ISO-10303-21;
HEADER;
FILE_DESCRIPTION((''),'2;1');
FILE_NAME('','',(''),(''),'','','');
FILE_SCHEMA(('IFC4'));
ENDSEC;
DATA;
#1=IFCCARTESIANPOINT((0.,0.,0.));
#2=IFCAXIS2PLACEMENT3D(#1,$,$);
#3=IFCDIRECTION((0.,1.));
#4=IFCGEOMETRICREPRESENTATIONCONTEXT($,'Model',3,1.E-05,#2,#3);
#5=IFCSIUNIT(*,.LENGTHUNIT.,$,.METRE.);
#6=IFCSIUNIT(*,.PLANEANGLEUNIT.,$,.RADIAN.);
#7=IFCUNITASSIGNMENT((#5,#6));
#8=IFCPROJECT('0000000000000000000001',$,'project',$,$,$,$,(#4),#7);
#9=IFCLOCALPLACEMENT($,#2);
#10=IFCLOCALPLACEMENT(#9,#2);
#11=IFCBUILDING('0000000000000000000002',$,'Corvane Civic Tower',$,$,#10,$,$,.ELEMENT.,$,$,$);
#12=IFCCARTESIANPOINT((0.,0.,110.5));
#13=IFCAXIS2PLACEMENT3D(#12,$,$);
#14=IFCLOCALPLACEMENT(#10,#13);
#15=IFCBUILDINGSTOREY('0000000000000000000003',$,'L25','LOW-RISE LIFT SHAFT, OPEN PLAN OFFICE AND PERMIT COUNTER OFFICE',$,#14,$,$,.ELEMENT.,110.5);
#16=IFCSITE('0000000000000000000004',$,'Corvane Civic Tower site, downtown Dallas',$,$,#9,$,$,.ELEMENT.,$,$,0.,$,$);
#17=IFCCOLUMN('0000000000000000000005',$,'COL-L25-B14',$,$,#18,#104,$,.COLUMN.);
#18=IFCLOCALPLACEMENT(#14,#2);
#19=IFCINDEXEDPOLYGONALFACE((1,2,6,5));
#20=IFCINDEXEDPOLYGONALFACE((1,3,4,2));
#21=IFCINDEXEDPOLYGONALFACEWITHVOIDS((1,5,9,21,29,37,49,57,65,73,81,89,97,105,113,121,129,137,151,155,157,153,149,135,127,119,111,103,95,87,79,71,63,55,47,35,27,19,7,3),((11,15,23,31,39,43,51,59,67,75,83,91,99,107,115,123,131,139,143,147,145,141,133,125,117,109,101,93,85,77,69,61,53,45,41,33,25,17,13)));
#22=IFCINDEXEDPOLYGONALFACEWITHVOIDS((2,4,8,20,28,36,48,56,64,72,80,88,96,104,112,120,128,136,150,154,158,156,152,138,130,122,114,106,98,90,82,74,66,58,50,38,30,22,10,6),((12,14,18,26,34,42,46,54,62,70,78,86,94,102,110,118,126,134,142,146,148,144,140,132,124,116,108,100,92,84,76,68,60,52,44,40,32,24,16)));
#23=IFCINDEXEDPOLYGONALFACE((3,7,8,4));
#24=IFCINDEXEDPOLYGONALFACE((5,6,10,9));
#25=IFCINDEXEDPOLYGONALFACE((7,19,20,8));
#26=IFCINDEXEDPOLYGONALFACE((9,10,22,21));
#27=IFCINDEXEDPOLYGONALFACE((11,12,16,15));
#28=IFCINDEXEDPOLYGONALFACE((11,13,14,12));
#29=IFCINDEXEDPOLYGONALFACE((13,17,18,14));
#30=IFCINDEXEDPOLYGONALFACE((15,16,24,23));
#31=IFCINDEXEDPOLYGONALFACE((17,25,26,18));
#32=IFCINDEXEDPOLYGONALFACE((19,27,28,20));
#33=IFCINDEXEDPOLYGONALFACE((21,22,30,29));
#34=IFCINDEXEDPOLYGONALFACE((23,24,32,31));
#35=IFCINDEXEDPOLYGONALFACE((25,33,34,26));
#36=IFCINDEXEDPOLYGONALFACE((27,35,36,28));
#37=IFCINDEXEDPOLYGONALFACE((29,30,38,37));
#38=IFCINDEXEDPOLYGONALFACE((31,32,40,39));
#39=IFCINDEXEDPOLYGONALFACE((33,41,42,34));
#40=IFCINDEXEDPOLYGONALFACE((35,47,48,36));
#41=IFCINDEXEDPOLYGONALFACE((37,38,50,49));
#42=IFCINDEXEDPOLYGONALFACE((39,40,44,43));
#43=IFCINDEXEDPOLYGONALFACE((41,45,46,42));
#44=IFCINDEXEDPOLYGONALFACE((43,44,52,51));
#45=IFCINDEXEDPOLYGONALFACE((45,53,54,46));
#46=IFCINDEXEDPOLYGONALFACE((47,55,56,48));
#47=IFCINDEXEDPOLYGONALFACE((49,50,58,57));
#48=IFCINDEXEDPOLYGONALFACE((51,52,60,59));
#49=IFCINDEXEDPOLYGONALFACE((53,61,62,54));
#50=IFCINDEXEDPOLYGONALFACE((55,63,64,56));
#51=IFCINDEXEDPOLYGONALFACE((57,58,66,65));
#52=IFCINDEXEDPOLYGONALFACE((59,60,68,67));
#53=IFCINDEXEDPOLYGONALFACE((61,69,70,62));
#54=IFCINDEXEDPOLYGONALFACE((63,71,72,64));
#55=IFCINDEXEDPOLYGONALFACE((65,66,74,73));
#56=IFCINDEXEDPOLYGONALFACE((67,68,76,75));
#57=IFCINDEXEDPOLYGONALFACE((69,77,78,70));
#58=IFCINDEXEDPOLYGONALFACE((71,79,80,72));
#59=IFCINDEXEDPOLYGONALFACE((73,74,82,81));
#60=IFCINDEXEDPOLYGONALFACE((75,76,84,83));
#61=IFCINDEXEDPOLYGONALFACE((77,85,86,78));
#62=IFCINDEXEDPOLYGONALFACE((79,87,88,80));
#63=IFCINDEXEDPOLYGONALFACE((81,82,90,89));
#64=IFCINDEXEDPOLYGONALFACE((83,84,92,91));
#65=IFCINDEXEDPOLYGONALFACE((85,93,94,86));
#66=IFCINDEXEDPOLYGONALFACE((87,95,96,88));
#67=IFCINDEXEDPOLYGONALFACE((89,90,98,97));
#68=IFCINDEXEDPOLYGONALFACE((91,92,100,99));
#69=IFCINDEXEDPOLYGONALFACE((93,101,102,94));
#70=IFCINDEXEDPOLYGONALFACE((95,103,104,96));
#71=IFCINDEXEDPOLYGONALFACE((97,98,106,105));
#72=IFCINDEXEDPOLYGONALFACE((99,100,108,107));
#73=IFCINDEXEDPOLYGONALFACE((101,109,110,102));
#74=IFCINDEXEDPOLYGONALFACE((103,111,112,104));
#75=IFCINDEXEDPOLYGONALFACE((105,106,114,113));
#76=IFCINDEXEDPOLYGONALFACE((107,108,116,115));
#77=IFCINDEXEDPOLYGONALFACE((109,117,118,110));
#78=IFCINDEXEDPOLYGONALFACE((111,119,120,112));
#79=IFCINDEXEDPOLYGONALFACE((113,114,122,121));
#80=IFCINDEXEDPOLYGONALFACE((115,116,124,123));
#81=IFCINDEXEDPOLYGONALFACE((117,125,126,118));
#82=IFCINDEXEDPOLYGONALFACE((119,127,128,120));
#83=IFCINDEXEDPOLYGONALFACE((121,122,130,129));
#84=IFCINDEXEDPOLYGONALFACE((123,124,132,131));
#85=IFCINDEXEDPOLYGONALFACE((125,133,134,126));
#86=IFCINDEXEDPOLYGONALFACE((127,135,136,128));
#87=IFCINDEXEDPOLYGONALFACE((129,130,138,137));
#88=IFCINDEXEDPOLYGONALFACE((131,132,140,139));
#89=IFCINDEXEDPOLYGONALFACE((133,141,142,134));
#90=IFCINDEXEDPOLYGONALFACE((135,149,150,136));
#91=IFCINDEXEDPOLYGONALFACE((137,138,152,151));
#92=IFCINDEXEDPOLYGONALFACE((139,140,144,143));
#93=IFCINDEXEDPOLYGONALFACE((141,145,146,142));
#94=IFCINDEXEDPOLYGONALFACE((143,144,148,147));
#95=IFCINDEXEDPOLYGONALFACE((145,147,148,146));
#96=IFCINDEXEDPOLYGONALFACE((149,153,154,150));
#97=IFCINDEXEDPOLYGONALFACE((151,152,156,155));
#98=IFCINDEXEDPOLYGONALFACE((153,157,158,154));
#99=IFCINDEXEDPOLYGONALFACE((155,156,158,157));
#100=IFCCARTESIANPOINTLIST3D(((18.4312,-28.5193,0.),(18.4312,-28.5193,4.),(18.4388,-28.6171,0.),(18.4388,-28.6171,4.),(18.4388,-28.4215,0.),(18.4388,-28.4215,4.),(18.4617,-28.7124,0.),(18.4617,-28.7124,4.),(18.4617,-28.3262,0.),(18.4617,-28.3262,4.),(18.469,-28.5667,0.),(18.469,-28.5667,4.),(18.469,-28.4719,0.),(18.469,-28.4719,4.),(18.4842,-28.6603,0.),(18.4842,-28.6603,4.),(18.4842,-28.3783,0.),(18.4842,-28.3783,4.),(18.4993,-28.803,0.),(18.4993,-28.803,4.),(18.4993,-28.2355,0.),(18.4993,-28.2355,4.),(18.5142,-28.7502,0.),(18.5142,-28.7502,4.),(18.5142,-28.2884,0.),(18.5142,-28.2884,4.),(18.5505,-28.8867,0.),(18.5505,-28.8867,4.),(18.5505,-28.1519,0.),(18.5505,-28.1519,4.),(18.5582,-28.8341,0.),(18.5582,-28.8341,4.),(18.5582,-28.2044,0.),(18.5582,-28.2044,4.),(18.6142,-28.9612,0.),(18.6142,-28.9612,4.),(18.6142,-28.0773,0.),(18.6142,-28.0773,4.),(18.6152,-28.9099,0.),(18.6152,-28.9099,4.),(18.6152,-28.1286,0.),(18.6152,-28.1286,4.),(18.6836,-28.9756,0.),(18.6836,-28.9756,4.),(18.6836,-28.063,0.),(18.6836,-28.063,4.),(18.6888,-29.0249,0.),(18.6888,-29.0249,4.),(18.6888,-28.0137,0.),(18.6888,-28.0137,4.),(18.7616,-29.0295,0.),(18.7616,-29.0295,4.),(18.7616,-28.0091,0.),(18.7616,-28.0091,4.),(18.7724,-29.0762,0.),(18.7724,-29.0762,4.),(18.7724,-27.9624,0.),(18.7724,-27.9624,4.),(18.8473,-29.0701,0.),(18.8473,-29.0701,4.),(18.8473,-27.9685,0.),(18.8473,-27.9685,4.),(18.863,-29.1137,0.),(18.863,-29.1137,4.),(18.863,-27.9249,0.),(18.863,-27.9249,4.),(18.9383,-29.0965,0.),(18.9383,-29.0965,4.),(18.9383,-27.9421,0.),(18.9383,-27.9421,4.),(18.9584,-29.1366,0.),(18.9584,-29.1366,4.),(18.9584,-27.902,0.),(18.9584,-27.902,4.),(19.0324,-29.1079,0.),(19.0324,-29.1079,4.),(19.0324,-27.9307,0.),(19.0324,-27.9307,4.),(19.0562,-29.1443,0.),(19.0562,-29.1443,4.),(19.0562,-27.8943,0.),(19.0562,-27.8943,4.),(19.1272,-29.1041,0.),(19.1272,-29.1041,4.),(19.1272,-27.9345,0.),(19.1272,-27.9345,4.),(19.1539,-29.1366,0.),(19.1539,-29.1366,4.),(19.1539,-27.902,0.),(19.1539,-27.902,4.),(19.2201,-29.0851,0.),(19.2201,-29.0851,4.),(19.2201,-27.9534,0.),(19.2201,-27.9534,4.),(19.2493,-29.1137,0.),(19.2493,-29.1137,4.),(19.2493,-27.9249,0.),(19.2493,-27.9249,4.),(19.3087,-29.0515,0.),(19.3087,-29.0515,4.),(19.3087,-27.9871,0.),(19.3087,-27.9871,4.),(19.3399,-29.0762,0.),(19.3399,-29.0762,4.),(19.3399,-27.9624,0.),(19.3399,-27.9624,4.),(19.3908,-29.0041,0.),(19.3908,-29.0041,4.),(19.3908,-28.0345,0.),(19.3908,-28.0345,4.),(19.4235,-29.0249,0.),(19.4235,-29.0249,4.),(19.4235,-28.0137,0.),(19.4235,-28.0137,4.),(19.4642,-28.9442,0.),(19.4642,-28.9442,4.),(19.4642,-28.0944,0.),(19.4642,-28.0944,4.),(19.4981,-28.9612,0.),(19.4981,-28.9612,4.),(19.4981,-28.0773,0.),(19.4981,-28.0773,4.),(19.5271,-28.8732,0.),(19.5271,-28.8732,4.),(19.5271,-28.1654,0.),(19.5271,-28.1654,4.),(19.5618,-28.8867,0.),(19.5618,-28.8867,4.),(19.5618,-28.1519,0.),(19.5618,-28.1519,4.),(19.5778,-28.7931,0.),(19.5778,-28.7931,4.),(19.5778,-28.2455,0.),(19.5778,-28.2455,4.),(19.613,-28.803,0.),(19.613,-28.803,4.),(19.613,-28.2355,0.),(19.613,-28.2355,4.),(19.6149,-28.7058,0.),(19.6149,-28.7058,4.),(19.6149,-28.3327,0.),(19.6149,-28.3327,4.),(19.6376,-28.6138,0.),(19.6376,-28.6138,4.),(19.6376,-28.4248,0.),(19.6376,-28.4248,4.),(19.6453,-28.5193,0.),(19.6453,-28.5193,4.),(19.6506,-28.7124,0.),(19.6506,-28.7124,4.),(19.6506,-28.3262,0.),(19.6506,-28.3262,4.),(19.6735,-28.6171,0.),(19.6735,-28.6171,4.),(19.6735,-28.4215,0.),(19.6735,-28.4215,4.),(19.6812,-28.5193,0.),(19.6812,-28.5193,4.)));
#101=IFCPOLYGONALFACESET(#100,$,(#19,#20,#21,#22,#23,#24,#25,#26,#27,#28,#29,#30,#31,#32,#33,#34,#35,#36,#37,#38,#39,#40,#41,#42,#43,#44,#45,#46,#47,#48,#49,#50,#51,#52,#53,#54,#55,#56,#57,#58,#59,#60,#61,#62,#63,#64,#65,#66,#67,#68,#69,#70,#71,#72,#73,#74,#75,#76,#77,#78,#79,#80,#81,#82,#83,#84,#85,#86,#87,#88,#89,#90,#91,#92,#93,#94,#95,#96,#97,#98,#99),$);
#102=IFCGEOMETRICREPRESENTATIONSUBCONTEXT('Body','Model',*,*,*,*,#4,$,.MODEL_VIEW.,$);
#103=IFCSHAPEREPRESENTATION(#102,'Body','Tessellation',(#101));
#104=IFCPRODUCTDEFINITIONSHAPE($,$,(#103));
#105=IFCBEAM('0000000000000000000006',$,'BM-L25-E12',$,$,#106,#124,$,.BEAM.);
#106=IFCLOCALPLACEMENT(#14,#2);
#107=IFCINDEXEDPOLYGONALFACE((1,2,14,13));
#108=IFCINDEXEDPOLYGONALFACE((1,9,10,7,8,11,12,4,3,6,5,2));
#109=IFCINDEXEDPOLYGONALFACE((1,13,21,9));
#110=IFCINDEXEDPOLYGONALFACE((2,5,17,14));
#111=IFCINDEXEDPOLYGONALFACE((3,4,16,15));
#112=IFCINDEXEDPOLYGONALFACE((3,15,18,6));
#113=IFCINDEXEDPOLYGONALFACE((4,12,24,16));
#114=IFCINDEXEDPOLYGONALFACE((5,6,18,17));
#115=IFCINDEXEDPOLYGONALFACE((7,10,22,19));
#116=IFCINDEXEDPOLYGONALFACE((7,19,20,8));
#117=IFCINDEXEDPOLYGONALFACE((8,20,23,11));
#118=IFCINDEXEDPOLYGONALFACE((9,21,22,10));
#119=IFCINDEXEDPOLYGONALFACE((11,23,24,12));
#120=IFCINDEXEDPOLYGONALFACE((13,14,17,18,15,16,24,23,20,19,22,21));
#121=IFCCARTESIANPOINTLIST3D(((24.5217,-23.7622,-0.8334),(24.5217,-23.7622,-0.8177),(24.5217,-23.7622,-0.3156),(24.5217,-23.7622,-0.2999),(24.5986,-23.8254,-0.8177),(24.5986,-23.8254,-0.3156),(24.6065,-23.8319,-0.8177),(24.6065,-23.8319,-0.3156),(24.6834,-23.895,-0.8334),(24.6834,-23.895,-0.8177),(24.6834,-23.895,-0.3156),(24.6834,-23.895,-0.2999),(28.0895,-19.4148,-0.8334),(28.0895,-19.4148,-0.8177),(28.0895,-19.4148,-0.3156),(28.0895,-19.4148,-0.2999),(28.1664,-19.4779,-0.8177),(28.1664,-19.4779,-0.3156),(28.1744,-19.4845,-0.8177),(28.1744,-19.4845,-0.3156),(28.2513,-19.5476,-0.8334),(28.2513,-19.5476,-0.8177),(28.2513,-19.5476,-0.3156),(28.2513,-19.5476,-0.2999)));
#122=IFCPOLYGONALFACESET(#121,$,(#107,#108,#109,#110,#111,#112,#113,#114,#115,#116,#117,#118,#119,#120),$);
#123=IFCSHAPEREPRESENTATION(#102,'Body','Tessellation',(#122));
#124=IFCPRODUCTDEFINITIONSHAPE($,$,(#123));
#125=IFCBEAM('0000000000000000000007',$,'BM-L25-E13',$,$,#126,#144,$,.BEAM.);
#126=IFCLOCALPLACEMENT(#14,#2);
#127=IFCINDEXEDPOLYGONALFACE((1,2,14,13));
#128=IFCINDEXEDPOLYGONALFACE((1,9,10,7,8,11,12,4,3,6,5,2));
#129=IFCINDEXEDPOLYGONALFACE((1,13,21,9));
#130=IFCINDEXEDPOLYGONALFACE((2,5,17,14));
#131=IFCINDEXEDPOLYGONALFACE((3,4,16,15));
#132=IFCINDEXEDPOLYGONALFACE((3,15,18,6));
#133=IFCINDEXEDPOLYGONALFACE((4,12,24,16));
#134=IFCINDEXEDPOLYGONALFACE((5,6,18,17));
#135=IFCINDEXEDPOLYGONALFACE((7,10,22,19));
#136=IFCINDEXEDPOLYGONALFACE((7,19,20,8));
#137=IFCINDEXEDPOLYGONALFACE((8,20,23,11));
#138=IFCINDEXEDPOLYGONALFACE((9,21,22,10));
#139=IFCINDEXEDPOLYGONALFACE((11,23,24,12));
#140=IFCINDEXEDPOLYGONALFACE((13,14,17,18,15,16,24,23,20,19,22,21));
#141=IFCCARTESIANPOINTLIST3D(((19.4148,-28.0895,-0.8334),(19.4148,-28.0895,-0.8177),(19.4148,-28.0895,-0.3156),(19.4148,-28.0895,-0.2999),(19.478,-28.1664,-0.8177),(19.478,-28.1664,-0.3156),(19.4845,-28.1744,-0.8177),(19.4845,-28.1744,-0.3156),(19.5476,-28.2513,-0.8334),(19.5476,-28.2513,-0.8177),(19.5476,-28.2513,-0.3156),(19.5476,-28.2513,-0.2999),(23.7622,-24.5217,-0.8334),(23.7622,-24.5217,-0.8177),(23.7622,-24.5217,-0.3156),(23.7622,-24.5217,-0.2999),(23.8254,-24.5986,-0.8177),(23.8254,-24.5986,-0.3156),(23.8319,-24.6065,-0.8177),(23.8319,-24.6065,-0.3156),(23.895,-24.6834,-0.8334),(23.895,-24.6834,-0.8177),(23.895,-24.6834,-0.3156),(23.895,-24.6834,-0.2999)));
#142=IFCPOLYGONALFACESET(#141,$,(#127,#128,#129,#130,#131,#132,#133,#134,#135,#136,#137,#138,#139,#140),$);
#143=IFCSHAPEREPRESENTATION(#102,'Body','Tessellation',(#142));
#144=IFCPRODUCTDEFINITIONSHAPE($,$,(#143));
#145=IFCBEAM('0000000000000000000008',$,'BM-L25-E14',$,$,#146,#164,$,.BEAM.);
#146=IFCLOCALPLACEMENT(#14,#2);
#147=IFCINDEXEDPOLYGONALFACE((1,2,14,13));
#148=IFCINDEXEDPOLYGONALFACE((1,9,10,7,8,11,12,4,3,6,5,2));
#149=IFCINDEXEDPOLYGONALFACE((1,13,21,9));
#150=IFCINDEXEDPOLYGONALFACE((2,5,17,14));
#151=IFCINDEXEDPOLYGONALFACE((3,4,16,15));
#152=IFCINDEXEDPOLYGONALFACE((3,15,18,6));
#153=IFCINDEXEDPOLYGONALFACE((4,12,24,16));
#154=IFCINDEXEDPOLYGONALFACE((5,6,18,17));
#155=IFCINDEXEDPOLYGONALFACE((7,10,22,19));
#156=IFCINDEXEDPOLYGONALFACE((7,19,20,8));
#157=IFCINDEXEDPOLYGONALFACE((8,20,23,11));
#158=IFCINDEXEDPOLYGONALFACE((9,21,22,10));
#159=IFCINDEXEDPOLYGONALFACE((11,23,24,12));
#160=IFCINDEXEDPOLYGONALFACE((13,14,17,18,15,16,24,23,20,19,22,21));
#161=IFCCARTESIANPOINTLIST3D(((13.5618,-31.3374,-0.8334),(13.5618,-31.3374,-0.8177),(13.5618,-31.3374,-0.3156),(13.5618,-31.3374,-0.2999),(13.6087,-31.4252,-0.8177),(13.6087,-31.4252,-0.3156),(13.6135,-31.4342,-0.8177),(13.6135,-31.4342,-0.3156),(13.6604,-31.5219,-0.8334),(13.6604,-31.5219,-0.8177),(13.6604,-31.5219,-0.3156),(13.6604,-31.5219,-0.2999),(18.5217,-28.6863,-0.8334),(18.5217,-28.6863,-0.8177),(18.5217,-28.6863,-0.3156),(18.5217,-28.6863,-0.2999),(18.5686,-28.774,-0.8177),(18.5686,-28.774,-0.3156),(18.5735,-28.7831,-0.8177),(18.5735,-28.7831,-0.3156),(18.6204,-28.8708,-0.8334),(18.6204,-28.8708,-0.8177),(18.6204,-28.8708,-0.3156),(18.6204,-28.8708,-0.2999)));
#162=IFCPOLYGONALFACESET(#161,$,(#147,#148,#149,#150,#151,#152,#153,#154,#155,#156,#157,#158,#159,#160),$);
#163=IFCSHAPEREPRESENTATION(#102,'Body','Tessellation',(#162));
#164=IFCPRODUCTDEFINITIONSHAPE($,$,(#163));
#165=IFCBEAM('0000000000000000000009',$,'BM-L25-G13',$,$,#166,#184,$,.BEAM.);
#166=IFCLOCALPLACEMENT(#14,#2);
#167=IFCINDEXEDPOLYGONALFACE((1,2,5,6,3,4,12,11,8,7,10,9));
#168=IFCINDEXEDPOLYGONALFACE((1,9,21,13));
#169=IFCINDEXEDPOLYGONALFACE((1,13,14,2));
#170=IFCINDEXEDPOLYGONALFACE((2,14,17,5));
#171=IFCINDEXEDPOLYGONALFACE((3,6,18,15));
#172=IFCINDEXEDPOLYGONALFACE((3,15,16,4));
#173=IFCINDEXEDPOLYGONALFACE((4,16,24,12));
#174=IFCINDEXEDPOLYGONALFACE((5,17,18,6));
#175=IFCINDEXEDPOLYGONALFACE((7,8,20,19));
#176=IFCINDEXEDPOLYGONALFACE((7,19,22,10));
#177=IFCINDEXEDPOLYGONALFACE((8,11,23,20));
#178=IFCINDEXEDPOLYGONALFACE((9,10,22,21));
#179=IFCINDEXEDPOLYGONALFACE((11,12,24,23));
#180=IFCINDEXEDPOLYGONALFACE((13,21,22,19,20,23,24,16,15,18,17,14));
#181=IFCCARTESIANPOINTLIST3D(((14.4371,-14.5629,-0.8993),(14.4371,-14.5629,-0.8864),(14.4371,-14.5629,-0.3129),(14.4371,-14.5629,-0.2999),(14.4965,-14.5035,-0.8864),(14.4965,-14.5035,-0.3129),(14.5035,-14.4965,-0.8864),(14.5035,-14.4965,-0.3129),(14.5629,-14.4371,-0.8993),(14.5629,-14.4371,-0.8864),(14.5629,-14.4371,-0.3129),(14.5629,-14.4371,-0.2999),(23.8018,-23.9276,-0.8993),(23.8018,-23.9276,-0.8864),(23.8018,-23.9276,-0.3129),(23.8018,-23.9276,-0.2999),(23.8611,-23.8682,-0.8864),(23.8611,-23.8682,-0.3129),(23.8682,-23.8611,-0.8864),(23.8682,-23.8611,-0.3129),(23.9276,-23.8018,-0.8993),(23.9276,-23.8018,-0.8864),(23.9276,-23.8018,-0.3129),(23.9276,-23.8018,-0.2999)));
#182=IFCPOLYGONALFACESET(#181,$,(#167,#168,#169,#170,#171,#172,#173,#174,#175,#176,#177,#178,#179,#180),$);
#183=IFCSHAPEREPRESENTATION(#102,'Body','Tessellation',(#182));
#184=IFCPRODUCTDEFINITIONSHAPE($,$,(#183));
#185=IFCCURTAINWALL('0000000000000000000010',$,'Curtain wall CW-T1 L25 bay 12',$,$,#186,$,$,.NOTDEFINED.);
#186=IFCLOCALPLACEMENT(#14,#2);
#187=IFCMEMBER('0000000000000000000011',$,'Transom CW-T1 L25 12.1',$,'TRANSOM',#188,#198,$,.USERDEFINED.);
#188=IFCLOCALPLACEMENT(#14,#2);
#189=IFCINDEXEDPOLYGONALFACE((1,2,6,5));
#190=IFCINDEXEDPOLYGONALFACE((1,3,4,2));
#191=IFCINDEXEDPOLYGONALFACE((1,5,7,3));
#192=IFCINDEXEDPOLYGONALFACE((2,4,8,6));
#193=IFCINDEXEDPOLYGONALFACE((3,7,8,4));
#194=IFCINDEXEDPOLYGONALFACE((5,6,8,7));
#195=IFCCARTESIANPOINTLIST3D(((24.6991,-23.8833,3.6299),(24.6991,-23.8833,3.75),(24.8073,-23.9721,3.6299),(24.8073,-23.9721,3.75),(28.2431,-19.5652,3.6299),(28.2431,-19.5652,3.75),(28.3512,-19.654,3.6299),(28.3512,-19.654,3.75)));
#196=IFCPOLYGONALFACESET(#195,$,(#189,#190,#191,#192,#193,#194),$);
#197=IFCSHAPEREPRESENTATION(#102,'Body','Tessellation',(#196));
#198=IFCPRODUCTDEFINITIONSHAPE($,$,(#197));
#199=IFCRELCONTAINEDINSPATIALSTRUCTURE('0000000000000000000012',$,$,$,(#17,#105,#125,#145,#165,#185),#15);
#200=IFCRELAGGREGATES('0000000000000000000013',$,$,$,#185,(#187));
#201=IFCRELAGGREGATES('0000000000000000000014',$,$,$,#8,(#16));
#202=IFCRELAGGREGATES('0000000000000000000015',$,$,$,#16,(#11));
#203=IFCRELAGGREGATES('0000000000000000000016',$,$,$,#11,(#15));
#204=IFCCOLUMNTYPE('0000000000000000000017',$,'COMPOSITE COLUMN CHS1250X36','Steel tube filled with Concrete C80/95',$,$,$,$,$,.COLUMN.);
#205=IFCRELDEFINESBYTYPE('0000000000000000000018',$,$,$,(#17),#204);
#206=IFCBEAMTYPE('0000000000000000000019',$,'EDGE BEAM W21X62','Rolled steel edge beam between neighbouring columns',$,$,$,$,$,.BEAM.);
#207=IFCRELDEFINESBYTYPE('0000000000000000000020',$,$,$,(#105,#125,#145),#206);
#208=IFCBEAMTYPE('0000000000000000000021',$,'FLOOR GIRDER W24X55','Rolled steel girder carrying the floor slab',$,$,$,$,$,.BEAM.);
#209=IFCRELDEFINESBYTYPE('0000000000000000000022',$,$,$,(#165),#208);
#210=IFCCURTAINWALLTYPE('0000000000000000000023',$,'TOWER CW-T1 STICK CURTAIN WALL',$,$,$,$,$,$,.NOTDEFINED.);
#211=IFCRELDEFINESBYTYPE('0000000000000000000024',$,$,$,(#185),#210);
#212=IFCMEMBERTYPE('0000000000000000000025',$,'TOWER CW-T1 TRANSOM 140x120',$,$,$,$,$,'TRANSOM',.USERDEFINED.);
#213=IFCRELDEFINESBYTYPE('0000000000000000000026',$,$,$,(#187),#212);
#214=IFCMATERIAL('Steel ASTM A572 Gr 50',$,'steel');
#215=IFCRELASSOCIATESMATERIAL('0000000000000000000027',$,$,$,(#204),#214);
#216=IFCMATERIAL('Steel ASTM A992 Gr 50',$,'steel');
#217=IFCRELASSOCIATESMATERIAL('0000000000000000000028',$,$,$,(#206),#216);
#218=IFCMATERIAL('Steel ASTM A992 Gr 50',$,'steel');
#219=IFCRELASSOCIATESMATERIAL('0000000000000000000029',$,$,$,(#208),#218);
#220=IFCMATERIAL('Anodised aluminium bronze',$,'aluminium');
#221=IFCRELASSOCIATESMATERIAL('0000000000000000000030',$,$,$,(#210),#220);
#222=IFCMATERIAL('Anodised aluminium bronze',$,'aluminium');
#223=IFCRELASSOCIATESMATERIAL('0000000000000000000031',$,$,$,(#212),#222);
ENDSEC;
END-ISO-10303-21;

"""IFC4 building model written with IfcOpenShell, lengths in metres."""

from ifc_helpers import new_model, si_unit, direction, frame, origin, origin_2d, place, context, subcontext, project, spatial, rectangle, hollow_circle, i_section, extrude, material, material_profile, profile_set, type_object, element, aggregate, save


model = new_model("IFC4")

# Units and contexts
model_context = context("Model", 3, precision=1e-05, world=origin(), true_north=direction((0.0, 1.0)))
body_context = subcontext(model_context, "Body", "Model", "MODEL_VIEW")
ifc_project = project(units=[si_unit("LENGTHUNIT", "METRE"), si_unit("PLANEANGLEUNIT", "RADIAN")], contexts=[model_context])

# Site, building, storey
site_placement = place(None, origin())
site = spatial("IfcSite", under=ifc_project, at=site_placement, Name="Corvane Civic Tower site, downtown Dallas", CompositionType="ELEMENT", RefElevation=0.0)
building_placement = place(site_placement, origin())
building = spatial("IfcBuilding", under=site, at=building_placement, Name="Corvane Civic Tower", CompositionType="ELEMENT")
storey_placement = place(building_placement, frame((0.0, 0.0, 110.5)))
storey = spatial("IfcBuildingStorey", under=building, at=storey_placement, Name="L25", Description="LOW-RISE LIFT SHAFT, OPEN PLAN OFFICE AND PERMIT COUNTER OFFICE", CompositionType="ELEMENT", Elevation=110.5)

# Column
ifc_material_1 = material(Name="Steel ASTM A572 Gr 50", Category="steel")
ifc_material_profile_1 = material_profile(ifc_material_1, hollow_circle(Radius=0.625, WallThickness=0.0359, at=origin_2d()), Name="CHS1250X36")
ifc_profile_set_1 = profile_set([ifc_material_profile_1], Name="Steel ASTM A572 Gr 50")
column_type = type_object("IfcColumnType", Name="COMPOSITE COLUMN CHS1250X36", Description="Steel tube filled with Concrete C80/95", PredefinedType="COLUMN", material=ifc_profile_set_1)
for number, where, z_axis, x_axis, name in (
    (1, (19.0562, -28.5193, 0.0), (0.0, 0.0, 1.0), (1.0, 0.0, 0.0), "COL-L25-B14"),
):
    element("IfcColumn", number, at=place(storey_placement, frame(where, z_axis=z_axis, x_axis=x_axis)), inside=storey, type_object=column_type, Name=name, PredefinedType="COLUMN", context=body_context, shape_type="SweptSolid", body=[
        extrude(hollow_circle(Radius=0.625, WallThickness=0.0359, at=origin_2d()), origin(), (0.0, 0.0, 1.0), 4.0),
    ])

# Beams
ifc_material_2 = material(Name="Steel ASTM A992 Gr 50", Category="steel")
ifc_material_profile_2 = material_profile(ifc_material_2, i_section(OverallWidth=0.2092, OverallDepth=0.5334, WebThickness=0.0103, FlangeThickness=0.0156, at=origin_2d()), Name="W21X62")
ifc_profile_set_2 = profile_set([ifc_material_profile_2], Name="Steel ASTM A992 Gr 50")
beam_type_1 = type_object("IfcBeamType", Name="EDGE BEAM W21X62", Description="Rolled steel edge beam between neighbouring columns", PredefinedType="BEAM", material=ifc_profile_set_2)
for number, where, z_axis, x_axis, name in (
    (2, (28.1704, -19.4812, -0.5667), (-0.634398, -0.773007, 0.0), (0.773007, -0.634398, 0.0), "BM-L25-E12"),
    (3, (23.8286, -24.6025, -0.5667), (-0.773007, -0.634398, 0.0), (0.634398, -0.773007, 0.0), "BM-L25-E13"),
    (4, (18.571, -28.7786, -0.5667), (-0.881924, -0.471392, 0.0), (0.471392, -0.881924, 0.0), "BM-L25-E14"),
):
    element("IfcBeam", number, at=place(storey_placement, frame(where, z_axis=z_axis, x_axis=x_axis)), inside=storey, type_object=beam_type_1, Name=name, PredefinedType="BEAM", context=body_context, shape_type="SweptSolid", body=[
        extrude(i_section(OverallWidth=0.2092, OverallDepth=0.5334, WebThickness=0.0103, FlangeThickness=0.0156, at=origin_2d()), origin(), (0.0, 0.0, 1.0), 5.624),
    ])
ifc_material_3 = material(Name="Steel ASTM A992 Gr 50", Category="steel")
ifc_material_profile_3 = material_profile(ifc_material_3, i_section(OverallWidth=0.178, OverallDepth=0.5994, WebThickness=0.01, FlangeThickness=0.0129, at=origin_2d()), Name="W24X55")
ifc_profile_set_3 = profile_set([ifc_material_profile_3], Name="Steel ASTM A992 Gr 50")
beam_type_2 = type_object("IfcBeamType", Name="FLOOR GIRDER W24X55", Description="Rolled steel girder carrying the floor slab", PredefinedType="BEAM", material=ifc_profile_set_3)
beam_placement = place(storey_placement, frame((14.5, -14.5, -0.5996), z_axis=(0.707107, -0.707107, 0.0), x_axis=(0.707107, 0.707107, 0.0)))
element("IfcBeam", 5, at=beam_placement, inside=storey, type_object=beam_type_2, Name="BM-L25-G13", PredefinedType="BEAM", context=body_context, shape_type="SweptSolid", body=[
    extrude(i_section(OverallWidth=0.178, OverallDepth=0.5994, WebThickness=0.01, FlangeThickness=0.0129, at=origin_2d()), origin(), (0.0, 0.0, 1.0), 13.2437),
])

# Curtain wall, member
ifc_material_4 = material(Name="Anodised aluminium bronze", Category="aluminium")
curtain_wall_type = type_object("IfcCurtainWallType", Name="TOWER CW-T1 STICK CURTAIN WALL", PredefinedType="NOTDEFINED", material=ifc_material_4)
curtain_wall_1_placement = place(storey_placement, origin())
curtain_wall_1 = element("IfcCurtainWall", 6, at=curtain_wall_1_placement, inside=storey, type_object=curtain_wall_type, Name="Curtain wall CW-T1 L25 bay 12", PredefinedType="NOTDEFINED")
ifc_material_5 = material(Name="Anodised aluminium bronze", Category="aluminium")
ifc_material_profile_4 = material_profile(ifc_material_5, rectangle(XDim=0.1399, YDim=0.1201, at=origin_2d()), Name="TOWER CW-T1 TRANSOM 140x120")
ifc_profile_set_4 = profile_set([ifc_material_profile_4], Name="Anodised aluminium bronze")
member_type = type_object("IfcMemberType", Name="TOWER CW-T1 TRANSOM 140x120", ElementType="TRANSOM", PredefinedType="USERDEFINED", material=ifc_profile_set_4)
member_1_placement = place(storey_placement, frame((28.2971, -19.6096, 3.6899), z_axis=(-0.63441, -0.772996, 0.0), x_axis=(0.772996, -0.63441, 0.0)))
member_1 = element("IfcMember", 7, at=member_1_placement, type_object=member_type, Name="Transom CW-T1 L25 12.1", ObjectType="TRANSOM", PredefinedType="USERDEFINED", context=body_context, shape_type="SweptSolid", body=[
    extrude(rectangle(XDim=0.1399, YDim=0.1201, at=origin_2d()), origin(), (0.0, 0.0, 1.0), 5.5862),
])

aggregate(curtain_wall_1, [member_1])

save(model, "model.ifc")
